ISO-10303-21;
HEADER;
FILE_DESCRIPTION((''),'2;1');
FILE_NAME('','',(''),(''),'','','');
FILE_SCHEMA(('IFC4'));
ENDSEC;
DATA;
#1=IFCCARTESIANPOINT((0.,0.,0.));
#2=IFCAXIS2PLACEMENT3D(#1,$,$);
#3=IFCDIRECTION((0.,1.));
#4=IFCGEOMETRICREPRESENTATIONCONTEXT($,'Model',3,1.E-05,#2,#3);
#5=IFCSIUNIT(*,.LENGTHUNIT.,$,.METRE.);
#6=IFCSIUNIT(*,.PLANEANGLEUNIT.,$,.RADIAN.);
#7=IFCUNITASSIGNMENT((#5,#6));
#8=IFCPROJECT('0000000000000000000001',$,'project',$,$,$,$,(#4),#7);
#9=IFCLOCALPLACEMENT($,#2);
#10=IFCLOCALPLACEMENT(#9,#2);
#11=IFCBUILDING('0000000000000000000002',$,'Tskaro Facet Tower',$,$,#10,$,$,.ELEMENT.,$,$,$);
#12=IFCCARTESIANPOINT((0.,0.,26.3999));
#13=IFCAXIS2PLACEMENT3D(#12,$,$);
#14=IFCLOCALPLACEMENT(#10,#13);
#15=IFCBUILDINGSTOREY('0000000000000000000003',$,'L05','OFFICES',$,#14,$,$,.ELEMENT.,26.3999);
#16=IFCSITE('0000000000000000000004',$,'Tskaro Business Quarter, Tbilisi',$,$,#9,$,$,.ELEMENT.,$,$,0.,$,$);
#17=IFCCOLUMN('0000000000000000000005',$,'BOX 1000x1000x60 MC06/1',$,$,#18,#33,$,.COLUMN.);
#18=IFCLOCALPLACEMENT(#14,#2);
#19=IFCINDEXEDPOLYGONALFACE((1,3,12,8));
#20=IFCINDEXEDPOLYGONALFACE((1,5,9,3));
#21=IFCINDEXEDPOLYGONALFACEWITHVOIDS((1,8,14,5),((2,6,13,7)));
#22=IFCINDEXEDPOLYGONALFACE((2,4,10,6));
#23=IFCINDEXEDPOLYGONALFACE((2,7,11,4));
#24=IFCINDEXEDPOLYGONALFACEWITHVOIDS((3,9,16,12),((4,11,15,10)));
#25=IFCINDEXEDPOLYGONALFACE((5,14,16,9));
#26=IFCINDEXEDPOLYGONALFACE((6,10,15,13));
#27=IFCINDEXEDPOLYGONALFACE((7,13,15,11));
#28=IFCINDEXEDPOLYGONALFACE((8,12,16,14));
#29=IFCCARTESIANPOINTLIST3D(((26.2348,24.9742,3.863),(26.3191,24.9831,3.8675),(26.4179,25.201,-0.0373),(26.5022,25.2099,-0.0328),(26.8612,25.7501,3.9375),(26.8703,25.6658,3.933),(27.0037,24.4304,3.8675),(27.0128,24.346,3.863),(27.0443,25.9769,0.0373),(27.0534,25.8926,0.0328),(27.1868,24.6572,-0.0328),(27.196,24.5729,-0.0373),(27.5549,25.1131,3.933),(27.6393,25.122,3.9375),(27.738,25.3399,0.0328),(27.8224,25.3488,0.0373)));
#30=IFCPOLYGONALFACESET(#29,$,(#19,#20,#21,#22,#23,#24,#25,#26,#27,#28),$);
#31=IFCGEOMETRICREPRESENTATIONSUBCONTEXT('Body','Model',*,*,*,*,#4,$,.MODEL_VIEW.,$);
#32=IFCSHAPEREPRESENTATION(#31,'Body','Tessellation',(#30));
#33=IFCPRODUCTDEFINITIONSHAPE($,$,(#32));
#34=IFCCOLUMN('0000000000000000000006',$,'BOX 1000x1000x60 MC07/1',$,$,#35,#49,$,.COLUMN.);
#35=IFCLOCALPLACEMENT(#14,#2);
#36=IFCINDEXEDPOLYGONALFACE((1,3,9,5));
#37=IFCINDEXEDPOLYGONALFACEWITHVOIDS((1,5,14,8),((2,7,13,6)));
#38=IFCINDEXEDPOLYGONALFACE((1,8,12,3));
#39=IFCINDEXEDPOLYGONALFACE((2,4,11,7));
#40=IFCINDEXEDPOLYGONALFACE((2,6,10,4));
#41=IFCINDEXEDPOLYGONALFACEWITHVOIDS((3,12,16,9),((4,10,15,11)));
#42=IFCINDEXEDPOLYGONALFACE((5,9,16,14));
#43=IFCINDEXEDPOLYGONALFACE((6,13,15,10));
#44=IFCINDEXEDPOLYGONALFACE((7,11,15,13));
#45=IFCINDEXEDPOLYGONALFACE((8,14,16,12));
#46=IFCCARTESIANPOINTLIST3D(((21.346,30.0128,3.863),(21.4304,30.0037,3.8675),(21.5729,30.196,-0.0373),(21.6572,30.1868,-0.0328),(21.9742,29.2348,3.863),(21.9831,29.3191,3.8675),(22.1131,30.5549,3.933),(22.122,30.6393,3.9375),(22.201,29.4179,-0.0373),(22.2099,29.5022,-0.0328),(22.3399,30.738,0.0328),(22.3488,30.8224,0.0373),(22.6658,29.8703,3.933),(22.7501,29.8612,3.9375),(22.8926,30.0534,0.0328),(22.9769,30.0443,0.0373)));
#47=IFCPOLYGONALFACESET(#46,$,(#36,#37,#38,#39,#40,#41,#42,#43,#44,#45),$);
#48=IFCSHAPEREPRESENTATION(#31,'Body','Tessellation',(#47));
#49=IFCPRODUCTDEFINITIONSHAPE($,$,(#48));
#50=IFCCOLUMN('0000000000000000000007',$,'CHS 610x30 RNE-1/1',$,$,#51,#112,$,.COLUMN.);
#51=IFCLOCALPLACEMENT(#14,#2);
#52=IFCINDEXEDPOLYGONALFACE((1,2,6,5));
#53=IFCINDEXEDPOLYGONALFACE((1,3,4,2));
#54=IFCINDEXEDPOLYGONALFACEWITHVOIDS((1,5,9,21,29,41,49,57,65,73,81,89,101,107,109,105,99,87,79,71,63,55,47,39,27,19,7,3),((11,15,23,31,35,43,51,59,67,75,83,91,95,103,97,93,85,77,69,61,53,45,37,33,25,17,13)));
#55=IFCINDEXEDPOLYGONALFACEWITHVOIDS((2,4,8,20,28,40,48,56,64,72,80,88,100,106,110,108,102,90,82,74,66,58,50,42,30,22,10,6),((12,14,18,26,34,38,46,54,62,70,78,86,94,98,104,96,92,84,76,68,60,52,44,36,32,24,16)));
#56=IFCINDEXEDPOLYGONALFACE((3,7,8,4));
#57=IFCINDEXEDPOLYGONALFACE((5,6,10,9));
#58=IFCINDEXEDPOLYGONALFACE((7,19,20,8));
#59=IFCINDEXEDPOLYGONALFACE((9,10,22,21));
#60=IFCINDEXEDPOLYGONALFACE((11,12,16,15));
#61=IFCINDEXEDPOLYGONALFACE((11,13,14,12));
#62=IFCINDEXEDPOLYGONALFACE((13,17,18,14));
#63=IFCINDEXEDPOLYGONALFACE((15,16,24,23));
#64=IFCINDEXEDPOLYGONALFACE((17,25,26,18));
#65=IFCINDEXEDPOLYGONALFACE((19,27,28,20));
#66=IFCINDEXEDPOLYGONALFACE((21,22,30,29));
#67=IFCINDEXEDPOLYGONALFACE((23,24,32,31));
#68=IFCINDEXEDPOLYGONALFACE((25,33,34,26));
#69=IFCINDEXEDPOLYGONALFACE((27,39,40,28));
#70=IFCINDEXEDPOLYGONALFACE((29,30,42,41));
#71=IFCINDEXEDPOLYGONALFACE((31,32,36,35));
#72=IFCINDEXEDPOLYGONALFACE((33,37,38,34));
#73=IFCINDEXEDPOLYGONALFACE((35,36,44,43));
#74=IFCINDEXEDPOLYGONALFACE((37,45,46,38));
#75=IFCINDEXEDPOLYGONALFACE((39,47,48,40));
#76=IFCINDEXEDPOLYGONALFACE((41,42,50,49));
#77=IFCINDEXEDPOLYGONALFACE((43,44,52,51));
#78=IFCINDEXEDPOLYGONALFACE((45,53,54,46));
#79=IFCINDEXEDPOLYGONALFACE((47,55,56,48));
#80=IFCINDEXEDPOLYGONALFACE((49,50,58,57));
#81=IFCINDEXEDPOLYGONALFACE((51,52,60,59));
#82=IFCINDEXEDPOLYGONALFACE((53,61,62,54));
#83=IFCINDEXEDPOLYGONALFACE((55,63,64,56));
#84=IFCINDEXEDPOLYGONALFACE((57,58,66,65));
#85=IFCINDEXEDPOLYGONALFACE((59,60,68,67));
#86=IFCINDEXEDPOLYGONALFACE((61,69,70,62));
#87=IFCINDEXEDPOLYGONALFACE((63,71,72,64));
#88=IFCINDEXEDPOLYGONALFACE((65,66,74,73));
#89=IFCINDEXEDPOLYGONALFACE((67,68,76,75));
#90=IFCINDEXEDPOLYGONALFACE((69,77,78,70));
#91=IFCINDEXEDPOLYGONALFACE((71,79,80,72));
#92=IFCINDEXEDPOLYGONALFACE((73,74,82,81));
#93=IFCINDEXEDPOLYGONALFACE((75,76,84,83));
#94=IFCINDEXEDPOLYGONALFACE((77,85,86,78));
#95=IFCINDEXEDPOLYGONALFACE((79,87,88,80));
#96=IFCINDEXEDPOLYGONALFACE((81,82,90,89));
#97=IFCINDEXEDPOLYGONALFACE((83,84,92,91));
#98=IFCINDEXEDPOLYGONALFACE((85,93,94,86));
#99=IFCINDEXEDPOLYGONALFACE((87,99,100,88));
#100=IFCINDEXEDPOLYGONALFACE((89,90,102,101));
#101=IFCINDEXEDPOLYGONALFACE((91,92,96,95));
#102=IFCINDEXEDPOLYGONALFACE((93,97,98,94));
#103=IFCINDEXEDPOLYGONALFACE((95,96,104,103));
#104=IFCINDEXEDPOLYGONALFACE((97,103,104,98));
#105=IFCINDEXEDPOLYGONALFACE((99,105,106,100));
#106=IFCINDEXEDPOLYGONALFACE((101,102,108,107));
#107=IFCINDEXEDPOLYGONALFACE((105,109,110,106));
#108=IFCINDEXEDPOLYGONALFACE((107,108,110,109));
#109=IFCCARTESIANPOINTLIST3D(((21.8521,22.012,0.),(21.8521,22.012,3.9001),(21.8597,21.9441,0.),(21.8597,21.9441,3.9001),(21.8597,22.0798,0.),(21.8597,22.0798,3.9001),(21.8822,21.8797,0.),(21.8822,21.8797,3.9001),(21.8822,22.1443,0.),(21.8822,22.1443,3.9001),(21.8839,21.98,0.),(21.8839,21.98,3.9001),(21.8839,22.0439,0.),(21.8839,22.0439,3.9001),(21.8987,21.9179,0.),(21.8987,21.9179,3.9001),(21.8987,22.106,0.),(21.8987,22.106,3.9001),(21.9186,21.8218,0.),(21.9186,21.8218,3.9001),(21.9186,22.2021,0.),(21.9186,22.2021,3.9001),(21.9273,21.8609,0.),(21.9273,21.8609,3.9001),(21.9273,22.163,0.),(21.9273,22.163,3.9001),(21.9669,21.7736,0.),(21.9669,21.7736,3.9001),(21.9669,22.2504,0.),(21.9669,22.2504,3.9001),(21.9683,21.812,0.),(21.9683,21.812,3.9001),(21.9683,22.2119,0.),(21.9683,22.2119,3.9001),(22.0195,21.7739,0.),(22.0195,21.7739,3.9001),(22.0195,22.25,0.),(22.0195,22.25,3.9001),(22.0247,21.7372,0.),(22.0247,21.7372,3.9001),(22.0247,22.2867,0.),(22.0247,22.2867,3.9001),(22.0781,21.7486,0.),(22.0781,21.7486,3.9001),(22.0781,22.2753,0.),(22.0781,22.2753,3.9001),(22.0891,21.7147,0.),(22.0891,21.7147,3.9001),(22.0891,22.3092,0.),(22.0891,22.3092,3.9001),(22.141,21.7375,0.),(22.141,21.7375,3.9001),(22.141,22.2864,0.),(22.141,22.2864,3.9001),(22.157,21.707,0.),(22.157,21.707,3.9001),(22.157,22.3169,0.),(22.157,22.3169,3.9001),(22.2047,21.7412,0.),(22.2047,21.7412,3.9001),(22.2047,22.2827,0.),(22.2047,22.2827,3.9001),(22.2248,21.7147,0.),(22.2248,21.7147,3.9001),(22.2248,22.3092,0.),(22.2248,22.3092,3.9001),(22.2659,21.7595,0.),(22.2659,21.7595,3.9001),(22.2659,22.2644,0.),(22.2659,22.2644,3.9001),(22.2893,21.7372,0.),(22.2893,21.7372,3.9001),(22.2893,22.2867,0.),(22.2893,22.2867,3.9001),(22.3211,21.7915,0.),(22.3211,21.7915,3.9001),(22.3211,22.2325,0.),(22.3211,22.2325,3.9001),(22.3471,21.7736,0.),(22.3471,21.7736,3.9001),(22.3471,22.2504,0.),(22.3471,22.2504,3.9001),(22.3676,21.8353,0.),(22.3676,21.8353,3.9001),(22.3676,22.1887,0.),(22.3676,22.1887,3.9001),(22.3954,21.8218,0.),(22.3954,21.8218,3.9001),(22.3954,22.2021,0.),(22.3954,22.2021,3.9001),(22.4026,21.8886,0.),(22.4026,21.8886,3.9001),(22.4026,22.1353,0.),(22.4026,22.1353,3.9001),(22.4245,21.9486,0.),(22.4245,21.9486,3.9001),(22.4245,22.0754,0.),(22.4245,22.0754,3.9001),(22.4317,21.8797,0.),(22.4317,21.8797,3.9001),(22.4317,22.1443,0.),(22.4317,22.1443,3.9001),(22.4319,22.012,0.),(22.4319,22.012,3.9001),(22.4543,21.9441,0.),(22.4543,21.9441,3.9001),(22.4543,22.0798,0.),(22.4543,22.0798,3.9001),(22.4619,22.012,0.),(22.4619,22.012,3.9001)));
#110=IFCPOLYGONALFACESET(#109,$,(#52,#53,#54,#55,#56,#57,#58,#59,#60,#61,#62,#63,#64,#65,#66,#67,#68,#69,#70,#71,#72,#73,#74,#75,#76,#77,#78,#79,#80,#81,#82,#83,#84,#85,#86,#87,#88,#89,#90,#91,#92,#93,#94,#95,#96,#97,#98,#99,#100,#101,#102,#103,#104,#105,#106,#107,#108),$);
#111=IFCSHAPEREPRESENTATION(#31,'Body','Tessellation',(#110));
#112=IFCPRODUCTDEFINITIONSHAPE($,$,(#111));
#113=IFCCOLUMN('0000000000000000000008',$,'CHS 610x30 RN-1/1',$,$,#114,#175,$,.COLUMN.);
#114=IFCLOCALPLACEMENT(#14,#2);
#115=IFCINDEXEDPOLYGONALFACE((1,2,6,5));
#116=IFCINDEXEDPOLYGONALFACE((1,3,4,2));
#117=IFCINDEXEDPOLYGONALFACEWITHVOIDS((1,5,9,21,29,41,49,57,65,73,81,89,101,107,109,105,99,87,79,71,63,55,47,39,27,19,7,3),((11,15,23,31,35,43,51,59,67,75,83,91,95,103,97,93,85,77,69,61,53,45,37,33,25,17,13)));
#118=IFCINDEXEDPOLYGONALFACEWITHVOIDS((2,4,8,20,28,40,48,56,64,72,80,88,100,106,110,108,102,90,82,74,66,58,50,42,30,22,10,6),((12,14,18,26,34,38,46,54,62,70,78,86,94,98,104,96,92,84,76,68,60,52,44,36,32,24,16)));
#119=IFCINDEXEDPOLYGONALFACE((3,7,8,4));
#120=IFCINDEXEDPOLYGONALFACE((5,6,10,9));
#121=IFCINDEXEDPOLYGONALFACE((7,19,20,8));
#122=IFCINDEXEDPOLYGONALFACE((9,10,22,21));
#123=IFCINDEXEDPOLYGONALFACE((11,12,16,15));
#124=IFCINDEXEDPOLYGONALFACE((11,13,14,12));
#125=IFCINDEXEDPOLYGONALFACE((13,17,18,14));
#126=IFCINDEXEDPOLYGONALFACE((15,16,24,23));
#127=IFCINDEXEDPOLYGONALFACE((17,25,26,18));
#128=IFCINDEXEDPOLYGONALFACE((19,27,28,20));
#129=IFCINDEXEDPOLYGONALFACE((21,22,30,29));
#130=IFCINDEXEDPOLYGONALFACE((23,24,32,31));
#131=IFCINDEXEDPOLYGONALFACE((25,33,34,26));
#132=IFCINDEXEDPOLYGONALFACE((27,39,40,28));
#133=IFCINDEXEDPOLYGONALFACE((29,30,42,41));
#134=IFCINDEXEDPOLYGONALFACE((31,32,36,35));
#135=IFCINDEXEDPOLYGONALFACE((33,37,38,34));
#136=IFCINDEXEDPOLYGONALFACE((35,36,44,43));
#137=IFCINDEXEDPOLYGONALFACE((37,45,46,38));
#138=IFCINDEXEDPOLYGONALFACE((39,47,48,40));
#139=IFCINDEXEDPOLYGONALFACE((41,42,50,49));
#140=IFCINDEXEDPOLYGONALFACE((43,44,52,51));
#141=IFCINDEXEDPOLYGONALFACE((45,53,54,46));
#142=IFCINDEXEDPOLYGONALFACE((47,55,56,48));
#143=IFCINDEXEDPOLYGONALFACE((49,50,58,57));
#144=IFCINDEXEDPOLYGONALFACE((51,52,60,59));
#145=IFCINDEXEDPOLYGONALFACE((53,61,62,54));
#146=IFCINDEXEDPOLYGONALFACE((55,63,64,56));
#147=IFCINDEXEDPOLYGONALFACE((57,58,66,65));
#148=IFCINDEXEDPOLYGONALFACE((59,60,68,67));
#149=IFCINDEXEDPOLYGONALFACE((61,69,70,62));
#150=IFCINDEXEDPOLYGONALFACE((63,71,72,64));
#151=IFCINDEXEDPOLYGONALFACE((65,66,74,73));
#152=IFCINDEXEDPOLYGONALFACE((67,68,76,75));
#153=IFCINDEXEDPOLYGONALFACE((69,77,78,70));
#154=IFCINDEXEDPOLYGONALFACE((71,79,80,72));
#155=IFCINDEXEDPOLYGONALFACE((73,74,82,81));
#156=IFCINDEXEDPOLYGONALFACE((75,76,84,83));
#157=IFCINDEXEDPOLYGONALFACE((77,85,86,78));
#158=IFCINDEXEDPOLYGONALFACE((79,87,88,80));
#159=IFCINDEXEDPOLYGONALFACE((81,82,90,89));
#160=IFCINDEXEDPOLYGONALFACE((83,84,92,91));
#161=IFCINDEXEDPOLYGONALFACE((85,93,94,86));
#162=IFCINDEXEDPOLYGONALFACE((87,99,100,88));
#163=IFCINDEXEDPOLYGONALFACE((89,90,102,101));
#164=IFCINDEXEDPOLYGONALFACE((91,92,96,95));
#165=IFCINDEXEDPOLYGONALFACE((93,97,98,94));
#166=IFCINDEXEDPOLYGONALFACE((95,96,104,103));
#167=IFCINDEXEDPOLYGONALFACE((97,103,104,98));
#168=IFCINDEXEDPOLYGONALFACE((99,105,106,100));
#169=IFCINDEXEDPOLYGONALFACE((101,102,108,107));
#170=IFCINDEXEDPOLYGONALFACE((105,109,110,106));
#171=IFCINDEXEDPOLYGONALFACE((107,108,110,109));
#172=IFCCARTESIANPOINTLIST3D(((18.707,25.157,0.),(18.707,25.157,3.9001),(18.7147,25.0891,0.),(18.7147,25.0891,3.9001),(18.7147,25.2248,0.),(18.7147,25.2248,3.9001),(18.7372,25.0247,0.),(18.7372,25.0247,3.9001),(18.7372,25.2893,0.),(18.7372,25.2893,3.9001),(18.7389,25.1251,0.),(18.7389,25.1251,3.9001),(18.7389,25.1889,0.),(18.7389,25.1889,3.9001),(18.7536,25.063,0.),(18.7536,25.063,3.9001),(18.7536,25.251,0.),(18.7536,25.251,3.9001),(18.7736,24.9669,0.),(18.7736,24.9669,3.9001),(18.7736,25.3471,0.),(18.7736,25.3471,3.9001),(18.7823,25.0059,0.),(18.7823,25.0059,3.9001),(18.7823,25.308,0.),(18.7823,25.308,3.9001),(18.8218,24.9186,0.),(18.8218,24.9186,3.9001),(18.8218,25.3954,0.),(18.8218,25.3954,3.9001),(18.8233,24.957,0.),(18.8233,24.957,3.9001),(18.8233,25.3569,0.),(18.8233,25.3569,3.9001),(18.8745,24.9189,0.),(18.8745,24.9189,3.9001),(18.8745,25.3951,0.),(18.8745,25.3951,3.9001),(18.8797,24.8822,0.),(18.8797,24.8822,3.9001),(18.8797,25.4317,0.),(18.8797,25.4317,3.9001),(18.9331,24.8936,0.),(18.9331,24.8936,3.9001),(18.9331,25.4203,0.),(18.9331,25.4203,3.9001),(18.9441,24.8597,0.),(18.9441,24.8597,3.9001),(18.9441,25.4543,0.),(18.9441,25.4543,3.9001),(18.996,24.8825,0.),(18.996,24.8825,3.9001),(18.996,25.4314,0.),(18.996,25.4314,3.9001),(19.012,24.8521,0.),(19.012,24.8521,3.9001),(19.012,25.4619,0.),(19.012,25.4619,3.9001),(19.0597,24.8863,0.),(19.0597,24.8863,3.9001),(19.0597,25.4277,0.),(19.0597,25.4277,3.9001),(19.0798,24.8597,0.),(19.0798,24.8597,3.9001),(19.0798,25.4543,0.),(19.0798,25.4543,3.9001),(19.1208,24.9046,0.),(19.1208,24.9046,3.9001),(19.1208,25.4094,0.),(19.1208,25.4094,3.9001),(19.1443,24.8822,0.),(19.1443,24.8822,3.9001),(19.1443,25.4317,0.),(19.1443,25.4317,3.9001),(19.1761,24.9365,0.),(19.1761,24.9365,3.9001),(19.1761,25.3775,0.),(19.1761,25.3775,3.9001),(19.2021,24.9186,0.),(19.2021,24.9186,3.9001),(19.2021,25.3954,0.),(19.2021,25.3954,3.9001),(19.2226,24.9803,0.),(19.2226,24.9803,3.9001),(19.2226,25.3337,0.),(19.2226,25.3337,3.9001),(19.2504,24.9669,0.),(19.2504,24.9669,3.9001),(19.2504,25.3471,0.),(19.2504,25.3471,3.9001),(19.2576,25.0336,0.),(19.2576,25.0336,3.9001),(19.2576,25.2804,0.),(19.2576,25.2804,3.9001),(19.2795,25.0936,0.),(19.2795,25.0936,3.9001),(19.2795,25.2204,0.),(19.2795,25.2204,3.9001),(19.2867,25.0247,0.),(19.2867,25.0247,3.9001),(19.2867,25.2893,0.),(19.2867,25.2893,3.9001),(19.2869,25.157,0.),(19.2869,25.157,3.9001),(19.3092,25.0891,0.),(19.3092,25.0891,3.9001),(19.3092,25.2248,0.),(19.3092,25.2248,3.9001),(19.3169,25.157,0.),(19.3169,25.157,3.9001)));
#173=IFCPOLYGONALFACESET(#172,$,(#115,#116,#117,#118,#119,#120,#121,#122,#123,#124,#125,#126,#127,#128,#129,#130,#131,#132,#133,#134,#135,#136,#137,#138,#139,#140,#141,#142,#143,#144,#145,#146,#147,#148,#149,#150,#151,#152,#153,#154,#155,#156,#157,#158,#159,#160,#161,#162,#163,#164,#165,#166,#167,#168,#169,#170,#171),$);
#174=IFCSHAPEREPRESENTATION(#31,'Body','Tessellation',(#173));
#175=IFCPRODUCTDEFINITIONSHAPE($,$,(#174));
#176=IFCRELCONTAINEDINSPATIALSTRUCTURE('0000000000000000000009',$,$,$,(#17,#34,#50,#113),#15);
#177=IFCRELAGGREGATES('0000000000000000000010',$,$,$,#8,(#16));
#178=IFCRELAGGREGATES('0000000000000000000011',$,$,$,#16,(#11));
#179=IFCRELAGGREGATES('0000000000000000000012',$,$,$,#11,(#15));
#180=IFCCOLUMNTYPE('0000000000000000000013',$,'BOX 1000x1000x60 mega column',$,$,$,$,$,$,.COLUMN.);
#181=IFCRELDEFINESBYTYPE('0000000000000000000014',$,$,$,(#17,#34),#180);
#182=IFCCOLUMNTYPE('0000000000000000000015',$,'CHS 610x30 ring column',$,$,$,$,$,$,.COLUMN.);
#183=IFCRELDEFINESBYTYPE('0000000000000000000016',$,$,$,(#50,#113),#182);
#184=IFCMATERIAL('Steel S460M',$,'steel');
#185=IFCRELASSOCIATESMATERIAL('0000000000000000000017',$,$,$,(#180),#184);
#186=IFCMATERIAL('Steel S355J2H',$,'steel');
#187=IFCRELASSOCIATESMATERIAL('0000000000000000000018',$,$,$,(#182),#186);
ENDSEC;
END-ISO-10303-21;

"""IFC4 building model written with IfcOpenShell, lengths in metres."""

from ifc_helpers import new_model, si_unit, direction, frame, origin, origin_2d, place, context, subcontext, project, spatial, hollow_rectangle, hollow_circle, extrude, material, material_profile, profile_set, type_object, element, save


model = new_model("IFC4")

# Units and contexts
model_context = context("Model", 3, precision=1e-05, world=origin(), true_north=direction((0.0, 1.0)))
body_context = subcontext(model_context, "Body", "Model", "MODEL_VIEW")
ifc_project = project(units=[si_unit("LENGTHUNIT", "METRE"), si_unit("PLANEANGLEUNIT", "RADIAN")], contexts=[model_context])

# Site, building, storey
site_placement = place(None, origin())
site = spatial("IfcSite", under=ifc_project, at=site_placement, Name="Tskaro Business Quarter, Tbilisi", CompositionType="ELEMENT", RefElevation=0.0)
building_placement = place(site_placement, origin())
building = spatial("IfcBuilding", under=site, at=building_placement, Name="Tskaro Facet Tower", CompositionType="ELEMENT")
storey_placement = place(building_placement, frame((0.0, 0.0, 26.3999)))
storey = spatial("IfcBuildingStorey", under=building, at=storey_placement, Name="L05", Description="OFFICES", CompositionType="ELEMENT", Elevation=26.3999)

# Columns
ifc_material_1 = material(Name="Steel S460M", Category="steel")
ifc_material_profile_1 = material_profile(ifc_material_1, hollow_rectangle(XDim=1.0, YDim=1.0, WallThickness=0.0601, at=origin_2d()), Name="BOX 1000x1000x60")
ifc_profile_set_1 = profile_set([ifc_material_profile_1], Name="Steel S460M")
column_type_1 = type_object("IfcColumnType", Name="BOX 1000x1000x60 mega column", PredefinedType="COLUMN", material=ifc_profile_set_1)
for number, where, z_axis, x_axis, name in (
    (1, (27.1201, 25.2749, 0.0), (-0.046818, -0.057992, 0.997219), (0.778083, -0.628162, 0.0), "BOX 1000x1000x60 MC06/1"),
    (2, (22.2749, 30.1201, 0.0), (-0.057992, -0.046818, 0.997219), (0.628162, -0.778083, 0.0), "BOX 1000x1000x60 MC07/1"),
):
    element("IfcColumn", number, at=place(storey_placement, frame(where, z_axis=z_axis, x_axis=x_axis)), inside=storey, type_object=column_type_1, Name=name, PredefinedType="COLUMN", context=body_context, shape_type="SweptSolid", body=[
        extrude(hollow_rectangle(XDim=1.0, YDim=1.0, WallThickness=0.0601, at=origin_2d()), origin(), (0.0, 0.0, 1.0), 3.9111),
    ])
ifc_material_2 = material(Name="Steel S355J2H", Category="steel")
ifc_material_profile_2 = material_profile(ifc_material_2, hollow_circle(Radius=0.3049, WallThickness=0.03, at=origin_2d()), Name="CHS 610x30")
ifc_profile_set_2 = profile_set([ifc_material_profile_2], Name="Steel S355J2H")
column_type_2 = type_object("IfcColumnType", Name="CHS 610x30 ring column", PredefinedType="COLUMN", material=ifc_profile_set_2)
for number, where, z_axis, x_axis, name in (
    (3, (22.157, 22.012, 0.0), (0.0, 0.0, 1.0), (1.0, 0.0, 0.0), "CHS 610x30 RNE-1/1"),
    (4, (19.012, 25.157, 0.0), (0.0, 0.0, 1.0), (1.0, 0.0, 0.0), "CHS 610x30 RN-1/1"),
):
    element("IfcColumn", number, at=place(storey_placement, frame(where, z_axis=z_axis, x_axis=x_axis)), inside=storey, type_object=column_type_2, Name=name, PredefinedType="COLUMN", context=body_context, shape_type="SweptSolid", body=[
        extrude(hollow_circle(Radius=0.3049, WallThickness=0.03, at=origin_2d()), origin(), (0.0, 0.0, 1.0), 3.9001),
    ])

save(model, "model.ifc")
